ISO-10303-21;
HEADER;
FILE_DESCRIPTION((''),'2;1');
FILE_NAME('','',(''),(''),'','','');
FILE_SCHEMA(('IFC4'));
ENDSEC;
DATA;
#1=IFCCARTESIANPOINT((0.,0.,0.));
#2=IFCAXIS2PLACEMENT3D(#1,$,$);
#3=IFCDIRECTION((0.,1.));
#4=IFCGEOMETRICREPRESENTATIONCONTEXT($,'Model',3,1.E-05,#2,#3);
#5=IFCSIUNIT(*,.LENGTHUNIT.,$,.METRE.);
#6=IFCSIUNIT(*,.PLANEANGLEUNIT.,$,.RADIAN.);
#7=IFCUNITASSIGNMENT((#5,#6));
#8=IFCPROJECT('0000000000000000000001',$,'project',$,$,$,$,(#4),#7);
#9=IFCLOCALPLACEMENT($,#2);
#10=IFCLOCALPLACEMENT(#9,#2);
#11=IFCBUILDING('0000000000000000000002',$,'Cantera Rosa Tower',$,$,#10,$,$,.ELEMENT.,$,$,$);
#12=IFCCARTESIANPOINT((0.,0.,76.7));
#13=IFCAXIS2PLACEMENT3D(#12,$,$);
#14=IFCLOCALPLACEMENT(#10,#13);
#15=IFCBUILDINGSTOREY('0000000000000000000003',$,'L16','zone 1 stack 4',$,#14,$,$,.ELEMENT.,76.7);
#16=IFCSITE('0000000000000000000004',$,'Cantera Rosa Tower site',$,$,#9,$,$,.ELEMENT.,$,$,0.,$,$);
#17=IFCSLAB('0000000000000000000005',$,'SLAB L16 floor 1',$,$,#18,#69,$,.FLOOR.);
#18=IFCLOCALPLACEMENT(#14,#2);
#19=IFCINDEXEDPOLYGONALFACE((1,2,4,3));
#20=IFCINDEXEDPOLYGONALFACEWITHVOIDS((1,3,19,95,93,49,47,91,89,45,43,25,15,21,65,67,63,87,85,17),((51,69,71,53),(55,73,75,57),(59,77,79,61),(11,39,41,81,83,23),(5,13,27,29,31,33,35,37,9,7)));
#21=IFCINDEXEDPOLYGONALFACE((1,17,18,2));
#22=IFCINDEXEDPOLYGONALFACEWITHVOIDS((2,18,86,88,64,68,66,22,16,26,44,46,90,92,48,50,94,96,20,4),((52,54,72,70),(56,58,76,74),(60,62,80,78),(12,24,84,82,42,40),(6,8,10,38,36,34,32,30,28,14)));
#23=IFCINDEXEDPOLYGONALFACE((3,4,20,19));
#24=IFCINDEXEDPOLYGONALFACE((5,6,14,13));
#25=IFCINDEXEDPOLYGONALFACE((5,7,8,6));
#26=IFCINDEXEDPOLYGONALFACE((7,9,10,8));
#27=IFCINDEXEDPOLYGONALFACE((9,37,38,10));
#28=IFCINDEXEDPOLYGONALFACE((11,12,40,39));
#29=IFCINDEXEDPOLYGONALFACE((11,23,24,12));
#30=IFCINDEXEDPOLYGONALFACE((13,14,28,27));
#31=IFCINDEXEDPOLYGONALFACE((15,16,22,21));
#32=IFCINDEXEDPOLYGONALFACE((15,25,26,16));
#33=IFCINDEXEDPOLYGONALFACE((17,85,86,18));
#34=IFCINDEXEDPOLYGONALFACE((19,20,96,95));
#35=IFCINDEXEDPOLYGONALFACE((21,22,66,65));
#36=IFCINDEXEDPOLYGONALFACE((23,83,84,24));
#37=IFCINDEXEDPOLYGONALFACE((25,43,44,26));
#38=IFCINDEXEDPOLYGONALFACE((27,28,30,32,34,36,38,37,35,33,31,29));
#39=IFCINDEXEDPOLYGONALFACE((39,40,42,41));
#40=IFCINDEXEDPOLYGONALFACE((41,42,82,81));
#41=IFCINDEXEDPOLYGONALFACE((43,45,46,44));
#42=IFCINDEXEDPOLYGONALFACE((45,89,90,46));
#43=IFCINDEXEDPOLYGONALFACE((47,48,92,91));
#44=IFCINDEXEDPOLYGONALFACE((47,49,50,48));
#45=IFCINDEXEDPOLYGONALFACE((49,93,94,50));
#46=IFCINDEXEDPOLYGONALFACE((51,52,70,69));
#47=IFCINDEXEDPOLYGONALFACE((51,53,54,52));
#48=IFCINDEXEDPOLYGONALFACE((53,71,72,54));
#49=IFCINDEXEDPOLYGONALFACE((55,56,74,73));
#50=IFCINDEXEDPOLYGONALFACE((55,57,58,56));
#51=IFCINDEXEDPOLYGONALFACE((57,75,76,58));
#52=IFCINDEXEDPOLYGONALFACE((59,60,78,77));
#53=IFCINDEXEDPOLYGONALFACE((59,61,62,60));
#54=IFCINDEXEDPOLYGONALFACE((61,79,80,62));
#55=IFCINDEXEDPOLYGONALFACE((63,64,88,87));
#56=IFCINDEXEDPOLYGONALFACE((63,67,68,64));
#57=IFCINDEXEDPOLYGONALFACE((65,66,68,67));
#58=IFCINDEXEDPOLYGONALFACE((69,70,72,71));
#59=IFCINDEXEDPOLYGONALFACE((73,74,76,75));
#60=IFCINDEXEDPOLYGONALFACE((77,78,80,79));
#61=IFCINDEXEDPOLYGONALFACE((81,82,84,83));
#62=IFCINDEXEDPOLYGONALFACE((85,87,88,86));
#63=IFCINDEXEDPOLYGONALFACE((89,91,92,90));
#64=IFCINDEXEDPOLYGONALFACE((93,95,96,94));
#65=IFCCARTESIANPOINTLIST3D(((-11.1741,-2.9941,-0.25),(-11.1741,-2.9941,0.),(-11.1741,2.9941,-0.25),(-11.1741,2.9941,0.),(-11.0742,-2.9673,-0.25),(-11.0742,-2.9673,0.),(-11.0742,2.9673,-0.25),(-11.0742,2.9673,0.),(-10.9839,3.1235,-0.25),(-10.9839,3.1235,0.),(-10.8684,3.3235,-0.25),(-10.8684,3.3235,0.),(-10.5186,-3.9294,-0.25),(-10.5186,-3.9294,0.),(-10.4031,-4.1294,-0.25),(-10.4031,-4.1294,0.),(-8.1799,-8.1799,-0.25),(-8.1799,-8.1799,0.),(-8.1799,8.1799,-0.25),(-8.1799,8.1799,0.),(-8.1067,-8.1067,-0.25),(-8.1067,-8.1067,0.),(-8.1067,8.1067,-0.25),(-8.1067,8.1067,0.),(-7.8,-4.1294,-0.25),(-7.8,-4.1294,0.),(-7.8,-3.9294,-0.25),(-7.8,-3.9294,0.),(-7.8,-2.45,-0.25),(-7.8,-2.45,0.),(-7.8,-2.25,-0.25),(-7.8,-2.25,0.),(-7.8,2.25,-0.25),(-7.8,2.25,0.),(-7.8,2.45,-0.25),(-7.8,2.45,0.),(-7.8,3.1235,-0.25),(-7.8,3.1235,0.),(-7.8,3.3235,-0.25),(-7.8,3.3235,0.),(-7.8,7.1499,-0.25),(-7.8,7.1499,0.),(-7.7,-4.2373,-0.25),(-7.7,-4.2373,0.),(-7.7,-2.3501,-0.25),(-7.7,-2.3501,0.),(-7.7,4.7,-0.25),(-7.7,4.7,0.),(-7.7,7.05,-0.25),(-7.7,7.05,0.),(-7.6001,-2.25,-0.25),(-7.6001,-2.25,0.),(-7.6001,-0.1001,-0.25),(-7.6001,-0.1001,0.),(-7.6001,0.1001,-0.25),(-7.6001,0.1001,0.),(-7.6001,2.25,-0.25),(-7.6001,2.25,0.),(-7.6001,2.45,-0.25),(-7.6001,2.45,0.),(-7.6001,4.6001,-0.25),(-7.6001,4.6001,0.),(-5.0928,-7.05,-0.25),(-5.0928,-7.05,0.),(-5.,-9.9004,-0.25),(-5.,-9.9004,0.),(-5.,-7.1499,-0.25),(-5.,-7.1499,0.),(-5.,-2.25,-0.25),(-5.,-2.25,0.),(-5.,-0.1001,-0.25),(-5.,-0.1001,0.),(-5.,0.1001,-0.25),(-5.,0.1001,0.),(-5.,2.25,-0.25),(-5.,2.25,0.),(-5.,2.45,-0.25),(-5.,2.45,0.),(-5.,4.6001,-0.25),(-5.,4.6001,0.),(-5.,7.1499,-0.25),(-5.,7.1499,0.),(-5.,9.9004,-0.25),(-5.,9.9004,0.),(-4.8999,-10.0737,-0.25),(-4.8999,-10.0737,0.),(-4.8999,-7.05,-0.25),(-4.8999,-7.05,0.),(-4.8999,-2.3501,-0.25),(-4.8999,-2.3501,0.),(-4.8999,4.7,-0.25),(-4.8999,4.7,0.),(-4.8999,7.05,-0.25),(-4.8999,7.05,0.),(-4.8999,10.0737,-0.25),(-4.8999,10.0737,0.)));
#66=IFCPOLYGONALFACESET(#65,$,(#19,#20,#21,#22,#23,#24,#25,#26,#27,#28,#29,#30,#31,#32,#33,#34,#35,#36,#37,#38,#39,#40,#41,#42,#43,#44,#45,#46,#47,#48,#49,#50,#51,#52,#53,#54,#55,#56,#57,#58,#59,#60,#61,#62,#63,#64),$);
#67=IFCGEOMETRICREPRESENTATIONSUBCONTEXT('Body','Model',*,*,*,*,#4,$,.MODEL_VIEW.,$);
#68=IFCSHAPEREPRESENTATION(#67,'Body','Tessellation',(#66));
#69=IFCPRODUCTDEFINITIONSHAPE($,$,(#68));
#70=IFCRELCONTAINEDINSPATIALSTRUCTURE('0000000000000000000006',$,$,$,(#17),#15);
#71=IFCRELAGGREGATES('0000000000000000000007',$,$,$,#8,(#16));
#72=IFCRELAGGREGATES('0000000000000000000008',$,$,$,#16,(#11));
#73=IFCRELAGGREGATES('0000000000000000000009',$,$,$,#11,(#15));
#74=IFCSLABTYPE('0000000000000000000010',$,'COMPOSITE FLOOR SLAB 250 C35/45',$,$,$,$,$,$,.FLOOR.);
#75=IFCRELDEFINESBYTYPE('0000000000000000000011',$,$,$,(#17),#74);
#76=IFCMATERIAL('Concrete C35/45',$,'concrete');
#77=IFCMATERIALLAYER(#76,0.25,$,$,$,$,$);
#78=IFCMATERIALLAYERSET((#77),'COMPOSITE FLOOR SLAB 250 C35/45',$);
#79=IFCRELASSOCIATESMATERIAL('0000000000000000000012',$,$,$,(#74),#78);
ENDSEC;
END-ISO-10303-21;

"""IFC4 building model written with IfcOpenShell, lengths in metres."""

from ifc_helpers import new_model, si_unit, direction, frame, origin, place, context, subcontext, project, spatial, polyline, outline, extrude, material, layer, layer_set, type_object, element, save


model = new_model("IFC4")

# Units and contexts
model_context = context("Model", 3, precision=1e-05, world=origin(), true_north=direction((0.0, 1.0)))
body_context = subcontext(model_context, "Body", "Model", "MODEL_VIEW")
ifc_project = project(units=[si_unit("LENGTHUNIT", "METRE"), si_unit("PLANEANGLEUNIT", "RADIAN")], contexts=[model_context])

# Site, building, storey
site_placement = place(None, origin())
site = spatial("IfcSite", under=ifc_project, at=site_placement, Name="Cantera Rosa Tower site", CompositionType="ELEMENT", RefElevation=0.0)
building_placement = place(site_placement, origin())
building = spatial("IfcBuilding", under=site, at=building_placement, Name="Cantera Rosa Tower", CompositionType="ELEMENT")
storey_placement = place(building_placement, frame((0.0, 0.0, 76.7)))
storey = spatial("IfcBuildingStorey", under=building, at=storey_placement, Name="L16", Description="zone 1 stack 4", CompositionType="ELEMENT", Elevation=76.7)

# Slab
ifc_material_1 = material(Name="Concrete C35/45", Category="concrete")
ifc_layer_1 = layer(ifc_material_1, 0.25)
ifc_layer_set_1 = layer_set([ifc_layer_1], Name="COMPOSITE FLOOR SLAB 250 C35/45")
slab_type_1 = type_object("IfcSlabType", Name="COMPOSITE FLOOR SLAB 250 C35/45", PredefinedType="FLOOR", material=ifc_layer_set_1)
slab_1_placement = place(storey_placement, frame((0.0, 0.0, -0.25)))
element("IfcSlab", 1, at=slab_1_placement, inside=storey, type_object=slab_type_1, Name="SLAB L16 floor 1", PredefinedType="FLOOR", context=body_context, shape_type="SweptSolid", body=[
    extrude(outline(polyline([(-8.1067, -8.1067), (-5.0, -9.9004), (-5.0, -7.1499), (-5.0928, -7.05), (-4.8999, -7.05), (-4.8999, -10.0737), (-8.1799, -8.1799), (-11.1741, -2.9941), (-11.1741, 2.9941), (-8.1799, 8.1799), (-4.8999, 10.0737), (-4.8999, 7.05), (-7.7, 7.05), (-7.7, 4.7), (-4.8999, 4.7), (-4.8999, -2.3501), (-7.7, -2.3501), (-7.7, -4.2373), (-7.8, -4.1294), (-10.4031, -4.1294), (-8.1067, -8.1067)]), holes=[polyline([(-7.6001, -2.25), (-5.0, -2.25), (-5.0, -0.1001), (-7.6001, -0.1001), (-7.6001, -2.25)]), polyline([(-11.0742, -2.9673), (-10.5186, -3.9294), (-7.8, -3.9294), (-7.8, -2.45), (-7.8, -2.25), (-7.8, 2.25), (-7.8, 2.45), (-7.8, 3.1235), (-10.9839, 3.1235), (-11.0742, 2.9673), (-11.0742, -2.9673)]), polyline([(-5.0, 0.1001), (-5.0, 2.25), (-7.6001, 2.25), (-7.6001, 0.1001), (-5.0, 0.1001)]), polyline([(-5.0, 2.45), (-5.0, 4.6001), (-7.6001, 4.6001), (-7.6001, 2.45), (-5.0, 2.45)]), polyline([(-10.8684, 3.3235), (-7.8, 3.3235), (-7.8, 7.1499), (-5.0, 7.1499), (-5.0, 9.9004), (-8.1067, 8.1067), (-10.8684, 3.3235)])]), origin(), (0.0, 0.0, 1.0), 0.25),
])

save(model, "model.ifc")
